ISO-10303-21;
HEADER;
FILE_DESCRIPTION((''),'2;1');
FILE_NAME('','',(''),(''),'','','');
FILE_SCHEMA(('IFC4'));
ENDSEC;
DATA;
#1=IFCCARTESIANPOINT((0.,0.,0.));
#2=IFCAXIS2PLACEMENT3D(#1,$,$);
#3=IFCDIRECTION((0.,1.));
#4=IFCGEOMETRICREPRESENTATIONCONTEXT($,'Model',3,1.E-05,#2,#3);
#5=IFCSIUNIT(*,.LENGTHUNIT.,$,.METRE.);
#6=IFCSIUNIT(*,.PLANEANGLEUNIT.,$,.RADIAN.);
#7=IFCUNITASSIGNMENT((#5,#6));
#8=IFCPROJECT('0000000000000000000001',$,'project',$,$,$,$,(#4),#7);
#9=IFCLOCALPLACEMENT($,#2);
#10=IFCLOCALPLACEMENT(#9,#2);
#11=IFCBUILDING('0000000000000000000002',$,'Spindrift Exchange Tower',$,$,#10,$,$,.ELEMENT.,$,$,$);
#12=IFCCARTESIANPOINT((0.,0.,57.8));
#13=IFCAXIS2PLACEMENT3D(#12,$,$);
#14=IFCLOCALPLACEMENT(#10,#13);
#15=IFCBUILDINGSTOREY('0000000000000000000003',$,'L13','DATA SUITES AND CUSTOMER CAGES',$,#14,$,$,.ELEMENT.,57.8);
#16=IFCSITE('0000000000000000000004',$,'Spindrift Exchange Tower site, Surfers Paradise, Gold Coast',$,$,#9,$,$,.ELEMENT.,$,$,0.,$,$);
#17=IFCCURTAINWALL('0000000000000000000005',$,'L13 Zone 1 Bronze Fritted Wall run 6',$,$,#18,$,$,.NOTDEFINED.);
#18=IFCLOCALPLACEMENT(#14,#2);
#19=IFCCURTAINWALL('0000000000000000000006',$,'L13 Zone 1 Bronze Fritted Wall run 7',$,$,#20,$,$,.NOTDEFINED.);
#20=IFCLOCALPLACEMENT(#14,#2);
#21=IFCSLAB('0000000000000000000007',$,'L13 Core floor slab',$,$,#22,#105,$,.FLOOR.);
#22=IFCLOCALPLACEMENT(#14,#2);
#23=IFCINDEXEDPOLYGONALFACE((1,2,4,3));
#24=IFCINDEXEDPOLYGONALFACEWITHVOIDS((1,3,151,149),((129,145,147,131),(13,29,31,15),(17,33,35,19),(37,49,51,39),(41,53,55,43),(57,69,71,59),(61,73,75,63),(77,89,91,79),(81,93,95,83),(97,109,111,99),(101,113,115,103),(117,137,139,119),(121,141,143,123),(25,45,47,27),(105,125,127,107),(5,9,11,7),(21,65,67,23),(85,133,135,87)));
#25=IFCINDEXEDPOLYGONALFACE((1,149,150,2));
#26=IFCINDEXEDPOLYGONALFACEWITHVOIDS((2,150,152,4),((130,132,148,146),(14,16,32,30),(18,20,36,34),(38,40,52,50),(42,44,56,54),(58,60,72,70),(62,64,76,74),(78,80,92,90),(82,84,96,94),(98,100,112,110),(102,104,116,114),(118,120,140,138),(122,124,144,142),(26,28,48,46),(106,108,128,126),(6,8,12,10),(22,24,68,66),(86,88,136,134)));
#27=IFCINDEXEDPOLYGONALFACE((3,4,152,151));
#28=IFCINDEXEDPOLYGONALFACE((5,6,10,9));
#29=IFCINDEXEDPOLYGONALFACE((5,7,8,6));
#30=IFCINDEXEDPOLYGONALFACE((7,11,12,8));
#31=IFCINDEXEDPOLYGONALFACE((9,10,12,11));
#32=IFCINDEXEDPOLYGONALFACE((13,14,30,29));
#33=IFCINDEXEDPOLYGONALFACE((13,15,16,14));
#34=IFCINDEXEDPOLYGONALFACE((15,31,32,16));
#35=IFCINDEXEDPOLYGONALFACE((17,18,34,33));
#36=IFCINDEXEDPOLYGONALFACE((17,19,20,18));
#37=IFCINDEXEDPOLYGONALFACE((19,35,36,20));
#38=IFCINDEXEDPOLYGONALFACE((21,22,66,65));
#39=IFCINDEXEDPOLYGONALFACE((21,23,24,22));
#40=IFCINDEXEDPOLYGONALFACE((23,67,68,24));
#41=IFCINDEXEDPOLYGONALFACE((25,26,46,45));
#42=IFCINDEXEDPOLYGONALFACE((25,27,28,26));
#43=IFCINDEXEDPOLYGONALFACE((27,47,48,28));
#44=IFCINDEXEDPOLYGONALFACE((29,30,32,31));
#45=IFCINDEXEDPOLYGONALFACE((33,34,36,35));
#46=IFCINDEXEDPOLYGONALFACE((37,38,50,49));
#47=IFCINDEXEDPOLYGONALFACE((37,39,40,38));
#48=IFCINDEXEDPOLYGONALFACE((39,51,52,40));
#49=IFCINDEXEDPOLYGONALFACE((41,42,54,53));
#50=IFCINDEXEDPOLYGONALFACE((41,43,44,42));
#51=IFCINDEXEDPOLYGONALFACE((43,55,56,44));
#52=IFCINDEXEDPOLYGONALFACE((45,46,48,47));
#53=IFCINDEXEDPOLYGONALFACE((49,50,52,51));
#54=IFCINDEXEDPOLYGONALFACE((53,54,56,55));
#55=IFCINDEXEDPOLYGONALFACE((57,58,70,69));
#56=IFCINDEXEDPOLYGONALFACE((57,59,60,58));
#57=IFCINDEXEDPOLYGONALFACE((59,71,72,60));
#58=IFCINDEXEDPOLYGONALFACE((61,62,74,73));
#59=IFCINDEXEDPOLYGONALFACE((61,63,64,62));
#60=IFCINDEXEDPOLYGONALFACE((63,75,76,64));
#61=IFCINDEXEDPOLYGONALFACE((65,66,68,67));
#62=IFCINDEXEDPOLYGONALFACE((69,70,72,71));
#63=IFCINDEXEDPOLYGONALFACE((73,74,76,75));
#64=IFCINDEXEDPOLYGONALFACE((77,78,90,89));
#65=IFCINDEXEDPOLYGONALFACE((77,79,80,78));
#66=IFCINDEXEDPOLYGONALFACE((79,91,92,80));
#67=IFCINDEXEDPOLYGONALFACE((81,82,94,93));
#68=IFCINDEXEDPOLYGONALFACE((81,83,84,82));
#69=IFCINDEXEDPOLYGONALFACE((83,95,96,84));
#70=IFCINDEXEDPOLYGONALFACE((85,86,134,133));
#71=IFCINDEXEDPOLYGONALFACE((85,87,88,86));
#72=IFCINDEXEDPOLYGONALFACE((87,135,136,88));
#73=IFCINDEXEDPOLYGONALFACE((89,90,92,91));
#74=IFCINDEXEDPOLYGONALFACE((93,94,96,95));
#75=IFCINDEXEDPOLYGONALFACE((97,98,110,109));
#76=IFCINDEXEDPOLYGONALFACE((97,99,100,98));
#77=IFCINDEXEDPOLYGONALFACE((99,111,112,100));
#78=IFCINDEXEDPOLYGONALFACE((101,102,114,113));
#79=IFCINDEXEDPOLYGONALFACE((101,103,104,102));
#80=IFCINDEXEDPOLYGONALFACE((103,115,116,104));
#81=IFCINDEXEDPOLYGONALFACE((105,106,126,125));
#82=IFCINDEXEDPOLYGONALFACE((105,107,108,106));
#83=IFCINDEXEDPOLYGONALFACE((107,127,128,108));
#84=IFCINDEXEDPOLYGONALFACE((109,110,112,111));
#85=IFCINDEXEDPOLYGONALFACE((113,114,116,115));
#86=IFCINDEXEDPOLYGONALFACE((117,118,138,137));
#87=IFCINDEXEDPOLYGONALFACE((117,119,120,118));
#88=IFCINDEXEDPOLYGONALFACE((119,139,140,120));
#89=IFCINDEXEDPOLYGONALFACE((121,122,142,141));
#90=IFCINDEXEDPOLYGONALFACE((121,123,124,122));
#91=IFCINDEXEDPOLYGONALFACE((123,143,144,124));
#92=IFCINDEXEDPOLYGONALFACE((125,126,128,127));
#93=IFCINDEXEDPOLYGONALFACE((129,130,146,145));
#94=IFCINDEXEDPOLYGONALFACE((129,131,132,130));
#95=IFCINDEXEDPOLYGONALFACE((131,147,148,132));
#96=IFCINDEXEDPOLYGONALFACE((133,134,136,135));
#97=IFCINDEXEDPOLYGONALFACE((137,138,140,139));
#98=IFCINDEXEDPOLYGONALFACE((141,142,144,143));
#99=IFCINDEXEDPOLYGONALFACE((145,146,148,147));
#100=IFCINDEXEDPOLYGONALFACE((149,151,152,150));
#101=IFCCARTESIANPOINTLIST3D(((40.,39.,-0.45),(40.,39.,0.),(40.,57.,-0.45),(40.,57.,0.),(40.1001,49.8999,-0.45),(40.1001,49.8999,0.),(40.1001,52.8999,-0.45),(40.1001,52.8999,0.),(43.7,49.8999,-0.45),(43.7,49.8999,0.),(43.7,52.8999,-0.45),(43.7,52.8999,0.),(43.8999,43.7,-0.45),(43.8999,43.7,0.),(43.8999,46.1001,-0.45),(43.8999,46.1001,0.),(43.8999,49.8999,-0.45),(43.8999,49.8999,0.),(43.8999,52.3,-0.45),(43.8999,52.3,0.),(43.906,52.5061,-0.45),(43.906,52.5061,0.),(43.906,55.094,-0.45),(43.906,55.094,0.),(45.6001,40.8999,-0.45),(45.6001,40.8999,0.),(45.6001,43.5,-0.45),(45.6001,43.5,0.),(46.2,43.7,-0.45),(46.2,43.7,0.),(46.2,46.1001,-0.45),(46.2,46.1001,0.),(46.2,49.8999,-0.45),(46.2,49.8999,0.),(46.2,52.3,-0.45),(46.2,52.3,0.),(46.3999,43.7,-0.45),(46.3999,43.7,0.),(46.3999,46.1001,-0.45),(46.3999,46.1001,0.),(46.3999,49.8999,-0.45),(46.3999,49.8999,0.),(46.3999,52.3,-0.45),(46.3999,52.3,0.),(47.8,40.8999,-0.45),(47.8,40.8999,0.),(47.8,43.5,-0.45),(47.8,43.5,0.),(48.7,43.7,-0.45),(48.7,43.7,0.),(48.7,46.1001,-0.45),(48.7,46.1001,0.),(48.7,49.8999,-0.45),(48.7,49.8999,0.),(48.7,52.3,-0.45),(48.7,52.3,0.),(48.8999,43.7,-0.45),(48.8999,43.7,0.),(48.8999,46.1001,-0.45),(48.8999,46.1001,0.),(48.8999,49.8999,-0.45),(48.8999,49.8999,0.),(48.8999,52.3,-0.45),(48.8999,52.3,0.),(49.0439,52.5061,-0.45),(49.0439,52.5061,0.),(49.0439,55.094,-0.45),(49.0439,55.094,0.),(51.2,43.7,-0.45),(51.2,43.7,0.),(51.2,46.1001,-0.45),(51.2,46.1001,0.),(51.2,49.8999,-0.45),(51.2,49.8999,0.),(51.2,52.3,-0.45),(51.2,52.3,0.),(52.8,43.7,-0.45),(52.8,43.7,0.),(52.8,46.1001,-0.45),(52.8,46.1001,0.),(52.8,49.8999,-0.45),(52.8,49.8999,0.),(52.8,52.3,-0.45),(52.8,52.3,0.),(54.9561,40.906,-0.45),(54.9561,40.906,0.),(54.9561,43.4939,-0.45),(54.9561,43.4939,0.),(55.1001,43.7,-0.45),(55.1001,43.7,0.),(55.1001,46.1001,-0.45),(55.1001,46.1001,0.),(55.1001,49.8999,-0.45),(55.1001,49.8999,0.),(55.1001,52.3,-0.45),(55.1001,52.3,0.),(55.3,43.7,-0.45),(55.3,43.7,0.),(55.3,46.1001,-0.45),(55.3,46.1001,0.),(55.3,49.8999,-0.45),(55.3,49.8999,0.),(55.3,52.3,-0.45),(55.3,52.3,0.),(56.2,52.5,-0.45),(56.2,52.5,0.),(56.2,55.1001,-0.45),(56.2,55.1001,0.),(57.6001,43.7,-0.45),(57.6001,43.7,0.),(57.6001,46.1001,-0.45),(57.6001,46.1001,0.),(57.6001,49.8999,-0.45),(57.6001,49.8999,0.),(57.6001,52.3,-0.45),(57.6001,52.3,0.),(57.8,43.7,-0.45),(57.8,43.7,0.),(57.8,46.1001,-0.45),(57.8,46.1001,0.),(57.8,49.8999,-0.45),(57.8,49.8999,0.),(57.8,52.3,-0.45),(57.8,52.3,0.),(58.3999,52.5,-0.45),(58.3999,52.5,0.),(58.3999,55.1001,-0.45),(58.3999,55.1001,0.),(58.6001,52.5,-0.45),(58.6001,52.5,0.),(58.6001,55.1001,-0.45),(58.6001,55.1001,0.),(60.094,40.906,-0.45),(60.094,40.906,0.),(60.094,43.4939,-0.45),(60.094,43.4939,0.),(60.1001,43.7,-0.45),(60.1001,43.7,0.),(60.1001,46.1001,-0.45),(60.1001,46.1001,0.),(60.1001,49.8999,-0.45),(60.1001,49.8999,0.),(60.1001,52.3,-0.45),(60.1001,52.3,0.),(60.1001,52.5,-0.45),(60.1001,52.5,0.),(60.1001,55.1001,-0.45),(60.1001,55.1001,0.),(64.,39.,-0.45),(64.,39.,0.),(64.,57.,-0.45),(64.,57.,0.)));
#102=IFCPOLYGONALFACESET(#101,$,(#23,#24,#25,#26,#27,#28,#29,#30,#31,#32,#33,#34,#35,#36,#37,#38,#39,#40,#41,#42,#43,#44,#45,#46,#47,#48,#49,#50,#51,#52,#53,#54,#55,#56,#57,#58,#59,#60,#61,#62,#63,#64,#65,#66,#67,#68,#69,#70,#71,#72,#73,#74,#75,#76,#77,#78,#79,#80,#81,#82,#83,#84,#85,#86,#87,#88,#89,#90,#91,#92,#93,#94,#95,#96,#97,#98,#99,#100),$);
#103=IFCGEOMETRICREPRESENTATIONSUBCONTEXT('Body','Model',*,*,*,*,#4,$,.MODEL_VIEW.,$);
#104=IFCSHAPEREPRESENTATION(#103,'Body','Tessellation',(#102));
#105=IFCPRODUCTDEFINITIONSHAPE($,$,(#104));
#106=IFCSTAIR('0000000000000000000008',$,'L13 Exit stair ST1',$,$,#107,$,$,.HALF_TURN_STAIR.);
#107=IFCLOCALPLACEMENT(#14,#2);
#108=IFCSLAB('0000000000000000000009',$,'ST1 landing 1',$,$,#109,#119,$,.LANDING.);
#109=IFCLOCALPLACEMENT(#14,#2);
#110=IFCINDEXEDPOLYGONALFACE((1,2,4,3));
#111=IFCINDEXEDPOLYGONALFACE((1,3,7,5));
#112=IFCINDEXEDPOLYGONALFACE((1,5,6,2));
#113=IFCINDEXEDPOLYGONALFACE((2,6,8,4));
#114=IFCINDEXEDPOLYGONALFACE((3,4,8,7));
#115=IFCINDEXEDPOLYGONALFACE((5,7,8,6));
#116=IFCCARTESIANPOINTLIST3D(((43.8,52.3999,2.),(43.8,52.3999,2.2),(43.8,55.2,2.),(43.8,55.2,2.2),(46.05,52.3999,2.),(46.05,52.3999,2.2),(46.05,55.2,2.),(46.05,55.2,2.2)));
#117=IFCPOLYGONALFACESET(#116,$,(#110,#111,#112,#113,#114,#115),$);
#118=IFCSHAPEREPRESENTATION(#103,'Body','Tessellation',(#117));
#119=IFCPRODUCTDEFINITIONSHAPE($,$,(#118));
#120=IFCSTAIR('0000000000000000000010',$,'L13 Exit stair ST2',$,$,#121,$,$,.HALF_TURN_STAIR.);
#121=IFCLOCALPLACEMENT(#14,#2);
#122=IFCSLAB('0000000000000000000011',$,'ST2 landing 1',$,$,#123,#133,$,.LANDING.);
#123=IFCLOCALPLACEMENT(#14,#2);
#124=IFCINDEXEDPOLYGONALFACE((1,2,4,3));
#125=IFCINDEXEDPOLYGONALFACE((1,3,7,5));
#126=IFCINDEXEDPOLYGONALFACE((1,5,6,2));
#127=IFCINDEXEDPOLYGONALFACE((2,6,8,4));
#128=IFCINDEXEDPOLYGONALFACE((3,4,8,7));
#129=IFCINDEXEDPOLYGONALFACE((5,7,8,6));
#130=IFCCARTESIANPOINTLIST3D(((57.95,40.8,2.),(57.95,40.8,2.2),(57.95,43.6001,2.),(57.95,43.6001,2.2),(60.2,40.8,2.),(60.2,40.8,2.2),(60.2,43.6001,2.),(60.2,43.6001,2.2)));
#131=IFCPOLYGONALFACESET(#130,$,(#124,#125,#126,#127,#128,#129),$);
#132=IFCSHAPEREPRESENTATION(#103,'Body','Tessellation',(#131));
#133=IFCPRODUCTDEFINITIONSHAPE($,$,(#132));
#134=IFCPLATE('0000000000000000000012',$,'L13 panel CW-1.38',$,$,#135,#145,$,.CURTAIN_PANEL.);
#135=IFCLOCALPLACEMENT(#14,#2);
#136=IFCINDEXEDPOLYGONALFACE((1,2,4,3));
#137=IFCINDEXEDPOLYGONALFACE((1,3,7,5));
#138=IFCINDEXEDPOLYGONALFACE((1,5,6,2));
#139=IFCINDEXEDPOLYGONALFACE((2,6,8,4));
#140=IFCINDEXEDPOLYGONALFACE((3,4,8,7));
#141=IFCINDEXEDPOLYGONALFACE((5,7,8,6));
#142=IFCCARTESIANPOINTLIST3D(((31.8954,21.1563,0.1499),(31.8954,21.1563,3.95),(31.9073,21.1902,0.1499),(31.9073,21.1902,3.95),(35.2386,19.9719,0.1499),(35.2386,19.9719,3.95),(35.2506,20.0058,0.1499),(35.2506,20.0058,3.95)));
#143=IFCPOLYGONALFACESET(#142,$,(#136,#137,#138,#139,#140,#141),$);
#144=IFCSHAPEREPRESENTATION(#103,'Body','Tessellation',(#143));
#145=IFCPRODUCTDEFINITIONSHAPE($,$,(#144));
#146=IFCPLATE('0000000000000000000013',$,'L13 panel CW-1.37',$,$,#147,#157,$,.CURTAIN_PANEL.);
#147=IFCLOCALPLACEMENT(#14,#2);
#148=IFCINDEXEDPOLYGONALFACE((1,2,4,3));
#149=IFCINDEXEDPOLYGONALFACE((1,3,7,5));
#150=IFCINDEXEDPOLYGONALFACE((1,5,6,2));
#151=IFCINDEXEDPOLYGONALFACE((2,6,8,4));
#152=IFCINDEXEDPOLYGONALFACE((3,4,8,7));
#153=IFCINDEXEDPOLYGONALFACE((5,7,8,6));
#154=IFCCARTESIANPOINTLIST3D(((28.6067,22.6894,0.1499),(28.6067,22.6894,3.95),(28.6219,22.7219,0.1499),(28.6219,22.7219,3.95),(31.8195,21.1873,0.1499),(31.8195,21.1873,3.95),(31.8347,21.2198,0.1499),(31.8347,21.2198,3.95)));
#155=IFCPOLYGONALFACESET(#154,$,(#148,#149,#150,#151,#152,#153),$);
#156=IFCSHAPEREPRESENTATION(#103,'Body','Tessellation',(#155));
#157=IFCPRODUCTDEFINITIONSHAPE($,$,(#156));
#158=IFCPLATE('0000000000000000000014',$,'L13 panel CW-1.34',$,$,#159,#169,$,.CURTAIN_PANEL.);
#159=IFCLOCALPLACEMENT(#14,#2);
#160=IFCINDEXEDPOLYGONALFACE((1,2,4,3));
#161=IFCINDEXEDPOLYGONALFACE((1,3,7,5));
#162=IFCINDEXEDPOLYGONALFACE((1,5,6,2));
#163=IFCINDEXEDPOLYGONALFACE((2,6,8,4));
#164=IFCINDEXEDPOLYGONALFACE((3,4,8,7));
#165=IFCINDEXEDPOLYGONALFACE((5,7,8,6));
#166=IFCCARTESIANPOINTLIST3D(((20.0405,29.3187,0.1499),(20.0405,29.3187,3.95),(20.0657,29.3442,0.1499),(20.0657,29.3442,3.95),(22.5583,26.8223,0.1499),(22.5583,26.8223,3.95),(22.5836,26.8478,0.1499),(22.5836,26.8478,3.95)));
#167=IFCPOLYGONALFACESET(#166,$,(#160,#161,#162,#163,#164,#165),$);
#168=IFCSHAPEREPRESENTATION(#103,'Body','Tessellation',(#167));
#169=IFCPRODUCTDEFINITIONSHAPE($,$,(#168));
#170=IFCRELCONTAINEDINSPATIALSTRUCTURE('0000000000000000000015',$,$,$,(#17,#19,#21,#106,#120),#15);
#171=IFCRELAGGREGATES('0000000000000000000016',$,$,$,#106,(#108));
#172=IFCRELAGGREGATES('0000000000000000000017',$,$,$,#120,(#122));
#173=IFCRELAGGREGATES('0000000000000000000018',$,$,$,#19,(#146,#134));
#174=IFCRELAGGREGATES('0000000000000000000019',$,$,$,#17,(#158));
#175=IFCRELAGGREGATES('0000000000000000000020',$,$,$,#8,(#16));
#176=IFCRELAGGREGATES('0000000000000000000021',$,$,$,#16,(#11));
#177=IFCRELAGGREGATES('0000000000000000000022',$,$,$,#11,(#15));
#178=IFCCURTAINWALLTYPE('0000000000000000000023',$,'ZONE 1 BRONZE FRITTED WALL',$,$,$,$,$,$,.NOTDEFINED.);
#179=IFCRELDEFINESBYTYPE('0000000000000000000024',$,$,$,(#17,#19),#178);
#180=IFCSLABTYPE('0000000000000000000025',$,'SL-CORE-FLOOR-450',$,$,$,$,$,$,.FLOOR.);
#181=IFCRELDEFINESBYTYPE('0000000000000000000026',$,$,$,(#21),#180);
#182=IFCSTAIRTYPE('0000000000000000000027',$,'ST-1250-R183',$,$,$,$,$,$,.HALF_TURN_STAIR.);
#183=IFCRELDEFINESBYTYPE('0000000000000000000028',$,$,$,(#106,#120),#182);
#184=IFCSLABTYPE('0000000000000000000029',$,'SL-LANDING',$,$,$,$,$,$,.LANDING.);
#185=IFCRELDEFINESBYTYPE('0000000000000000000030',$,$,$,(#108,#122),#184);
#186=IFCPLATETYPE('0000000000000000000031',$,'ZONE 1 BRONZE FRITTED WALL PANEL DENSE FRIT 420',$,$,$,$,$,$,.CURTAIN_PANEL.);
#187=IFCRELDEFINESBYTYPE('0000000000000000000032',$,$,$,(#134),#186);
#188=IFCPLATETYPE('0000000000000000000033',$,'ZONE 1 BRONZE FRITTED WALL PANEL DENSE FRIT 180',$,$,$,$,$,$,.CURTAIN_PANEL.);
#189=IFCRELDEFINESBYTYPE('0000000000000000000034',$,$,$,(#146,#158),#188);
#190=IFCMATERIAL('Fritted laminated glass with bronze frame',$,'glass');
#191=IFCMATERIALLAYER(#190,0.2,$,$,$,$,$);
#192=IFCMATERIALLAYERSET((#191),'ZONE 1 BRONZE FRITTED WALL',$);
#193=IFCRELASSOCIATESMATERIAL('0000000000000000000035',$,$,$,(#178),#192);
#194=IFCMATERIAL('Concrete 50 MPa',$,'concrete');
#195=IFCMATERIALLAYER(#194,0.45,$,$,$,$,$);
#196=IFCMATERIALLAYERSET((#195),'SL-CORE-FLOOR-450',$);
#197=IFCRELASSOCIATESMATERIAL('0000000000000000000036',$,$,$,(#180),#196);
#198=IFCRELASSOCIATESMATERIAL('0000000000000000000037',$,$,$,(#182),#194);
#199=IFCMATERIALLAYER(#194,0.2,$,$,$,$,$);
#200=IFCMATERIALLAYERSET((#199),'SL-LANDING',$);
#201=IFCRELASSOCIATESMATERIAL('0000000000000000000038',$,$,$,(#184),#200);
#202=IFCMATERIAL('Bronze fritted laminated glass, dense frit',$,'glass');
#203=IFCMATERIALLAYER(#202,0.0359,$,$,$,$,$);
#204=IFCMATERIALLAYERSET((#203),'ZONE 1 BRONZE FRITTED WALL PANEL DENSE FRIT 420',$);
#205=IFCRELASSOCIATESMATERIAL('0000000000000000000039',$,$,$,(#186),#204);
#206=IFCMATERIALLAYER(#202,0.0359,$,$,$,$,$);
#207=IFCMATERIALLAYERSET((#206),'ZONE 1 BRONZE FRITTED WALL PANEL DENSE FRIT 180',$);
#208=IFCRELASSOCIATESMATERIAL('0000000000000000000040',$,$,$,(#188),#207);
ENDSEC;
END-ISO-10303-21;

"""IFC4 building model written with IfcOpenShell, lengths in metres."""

from ifc_helpers import new_model, si_unit, direction, frame, origin, origin_2d, place, context, subcontext, project, spatial, line, indexed_curve, rectangle, outline, extrude, source, transform, mapped, material, layer, layer_set, type_object, element, aggregate, save


model = new_model("IFC4")

# Units and contexts
model_context = context("Model", 3, precision=1e-05, world=origin(), true_north=direction((0.0, 1.0)))
body_context = subcontext(model_context, "Body", "Model", "MODEL_VIEW")
ifc_project = project(units=[si_unit("LENGTHUNIT", "METRE"), si_unit("PLANEANGLEUNIT", "RADIAN")], contexts=[model_context])

# Site, building, storey
site_placement = place(None, origin())
site = spatial("IfcSite", under=ifc_project, at=site_placement, Name="Spindrift Exchange Tower site, Surfers Paradise, Gold Coast", CompositionType="ELEMENT", RefElevation=0.0)
building_placement = place(site_placement, origin())
building = spatial("IfcBuilding", under=site, at=building_placement, Name="Spindrift Exchange Tower", CompositionType="ELEMENT")
storey_placement = place(building_placement, frame((0.0, 0.0, 57.8)))
storey = spatial("IfcBuildingStorey", under=building, at=storey_placement, Name="L13", Description="DATA SUITES AND CUSTOMER CAGES", CompositionType="ELEMENT", Elevation=57.8)

# Curtain walls
ifc_material_1 = material(Name="Fritted laminated glass with bronze frame", Category="glass")
ifc_layer_1 = layer(ifc_material_1, 0.2)
ifc_layer_set_1 = layer_set([ifc_layer_1], Name="ZONE 1 BRONZE FRITTED WALL")
curtain_wall_type = type_object("IfcCurtainWallType", Name="ZONE 1 BRONZE FRITTED WALL", PredefinedType="NOTDEFINED", material=ifc_layer_set_1)
curtain_wall_1_placement = place(storey_placement, origin())
curtain_wall_1 = element("IfcCurtainWall", 1, at=curtain_wall_1_placement, inside=storey, type_object=curtain_wall_type, Name="L13 Zone 1 Bronze Fritted Wall run 6", PredefinedType="NOTDEFINED")
curtain_wall_2_placement = place(storey_placement, origin())
curtain_wall_2 = element("IfcCurtainWall", 2, at=curtain_wall_2_placement, inside=storey, type_object=curtain_wall_type, Name="L13 Zone 1 Bronze Fritted Wall run 7", PredefinedType="NOTDEFINED")

# Slab
ifc_material_2 = material(Name="Concrete 50 MPa", Category="concrete")
ifc_layer_2 = layer(ifc_material_2, 0.45)
ifc_layer_set_2 = layer_set([ifc_layer_2], Name="SL-CORE-FLOOR-450")
slab_type_1 = type_object("IfcSlabType", Name="SL-CORE-FLOOR-450", PredefinedType="FLOOR", material=ifc_layer_set_2)
slab_1_placement = place(storey_placement, frame((0.0, 0.0, -0.45)))
element("IfcSlab", 3, at=slab_1_placement, inside=storey, type_object=slab_type_1, Name="L13 Core floor slab", PredefinedType="FLOOR", context=body_context, shape_type="SweptSolid", body=[
    extrude(outline(indexed_curve([(40.0, 39.0), (40.0, 57.0), (64.0, 57.0), (64.0, 39.0)], segments=[line(1, 2, 3, 4, 1)], self_intersect=False), holes=[indexed_curve([(47.8, 43.5), (45.6001, 43.5), (45.6001, 40.8999), (47.8, 40.8999)], segments=[line(1, 2, 3, 4, 1)], self_intersect=False), indexed_curve([(46.2, 46.1001), (43.8999, 46.1001), (43.8999, 43.7), (46.2, 43.7)], segments=[line(1, 2, 3, 4, 1)], self_intersect=False), indexed_curve([(48.7, 46.1001), (46.3999, 46.1001), (46.3999, 43.7), (48.7, 43.7)], segments=[line(1, 2, 3, 4, 1)], self_intersect=False), indexed_curve([(51.2, 46.1001), (48.8999, 46.1001), (48.8999, 43.7), (51.2, 43.7)], segments=[line(1, 2, 3, 4, 1)], self_intersect=False), indexed_curve([(46.2, 52.3), (43.8999, 52.3), (43.8999, 49.8999), (46.2, 49.8999)], segments=[line(1, 2, 3, 4, 1)], self_intersect=False), indexed_curve([(48.7, 52.3), (46.3999, 52.3), (46.3999, 49.8999), (48.7, 49.8999)], segments=[line(1, 2, 3, 4, 1)], self_intersect=False), indexed_curve([(51.2, 52.3), (48.8999, 52.3), (48.8999, 49.8999), (51.2, 49.8999)], segments=[line(1, 2, 3, 4, 1)], self_intersect=False), indexed_curve([(43.7, 49.8999), (43.7, 52.8999), (40.1001, 52.8999), (40.1001, 49.8999)], segments=[line(1, 2, 3, 4, 1)], self_intersect=False), indexed_curve([(49.0439, 55.094), (43.906, 55.094), (43.906, 52.5061), (49.0439, 52.5061)], segments=[line(1, 2, 3, 4, 1)], self_intersect=False), indexed_curve([(60.094, 40.906), (60.094, 43.4939), (54.9561, 43.4939), (54.9561, 40.906)], segments=[line(1, 2, 3, 4, 1)], self_intersect=False), indexed_curve([(55.1001, 46.1001), (52.8, 46.1001), (52.8, 43.7), (55.1001, 43.7)], segments=[line(1, 2, 3, 4, 1)], self_intersect=False), indexed_curve([(57.6001, 46.1001), (55.3, 46.1001), (55.3, 43.7), (57.6001, 43.7)], segments=[line(1, 2, 3, 4, 1)], self_intersect=False), indexed_curve([(60.1001, 46.1001), (57.8, 46.1001), (57.8, 43.7), (60.1001, 43.7)], segments=[line(1, 2, 3, 4, 1)], self_intersect=False), indexed_curve([(55.1001, 52.3), (52.8, 52.3), (52.8, 49.8999), (55.1001, 49.8999)], segments=[line(1, 2, 3, 4, 1)], self_intersect=False), indexed_curve([(57.6001, 52.3), (55.3, 52.3), (55.3, 49.8999), (57.6001, 49.8999)], segments=[line(1, 2, 3, 4, 1)], self_intersect=False), indexed_curve([(60.1001, 52.3), (57.8, 52.3), (57.8, 49.8999), (60.1001, 49.8999)], segments=[line(1, 2, 3, 4, 1)], self_intersect=False), indexed_curve([(58.3999, 52.5), (58.3999, 55.1001), (56.2, 55.1001), (56.2, 52.5)], segments=[line(1, 2, 3, 4, 1)], self_intersect=False), indexed_curve([(60.1001, 52.5), (60.1001, 55.1001), (58.6001, 55.1001), (58.6001, 52.5)], segments=[line(1, 2, 3, 4, 1)], self_intersect=False)]), origin(), (0.0, 0.0, 1.0), 0.45),
])

# Stairs, slabs
stair_type = type_object("IfcStairType", Name="ST-1250-R183", PredefinedType="HALF_TURN_STAIR", material=ifc_material_2)
stair_1_placement = place(storey_placement, origin())
stair_1 = element("IfcStair", 4, at=stair_1_placement, inside=storey, type_object=stair_type, Name="L13 Exit stair ST1", PredefinedType="HALF_TURN_STAIR")
ifc_layer_3 = layer(ifc_material_2, 0.2)
ifc_layer_set_3 = layer_set([ifc_layer_3], Name="SL-LANDING")
slab_type_2 = type_object("IfcSlabType", Name="SL-LANDING", PredefinedType="LANDING", material=ifc_layer_set_3)
slab_2_placement = place(storey_placement, frame((0.0, 0.0, 2.0)))
slab_2 = element("IfcSlab", 5, at=slab_2_placement, type_object=slab_type_2, Name="ST1 landing 1", PredefinedType="LANDING", context=body_context, shape_type="SweptSolid", body=[
    extrude(outline(indexed_curve([(46.05, 52.3999), (43.8, 52.3999), (43.8, 55.2), (46.05, 55.2)], segments=[line(1, 2, 3, 4, 1)], self_intersect=False)), origin(), (0.0, 0.0, 1.0), 0.2),
])
aggregate(stair_1, [slab_2])
stair_2_placement = place(storey_placement, origin())
stair_2 = element("IfcStair", 6, at=stair_2_placement, inside=storey, type_object=stair_type, Name="L13 Exit stair ST2", PredefinedType="HALF_TURN_STAIR")
slab_3_placement = place(storey_placement, frame((0.0, 0.0, 2.0)))
slab_3 = element("IfcSlab", 7, at=slab_3_placement, type_object=slab_type_2, Name="ST2 landing 1", PredefinedType="LANDING", context=body_context, shape_type="SweptSolid", body=[
    extrude(outline(indexed_curve([(57.95, 43.6001), (60.2, 43.6001), (60.2, 40.8), (57.95, 40.8)], segments=[line(1, 2, 3, 4, 1)], self_intersect=False)), origin(), (0.0, 0.0, 1.0), 0.2),
])
aggregate(stair_2, [slab_3])

# Plates
ifc_material_3 = material(Name="Bronze fritted laminated glass, dense frit", Category="glass")
ifc_layer_4 = layer(ifc_material_3, 0.0359)
ifc_layer_set_4 = layer_set([ifc_layer_4], Name="ZONE 1 BRONZE FRITTED WALL PANEL DENSE FRIT 420")
plate_type_1 = type_object("IfcPlateType", Name="ZONE 1 BRONZE FRITTED WALL PANEL DENSE FRIT 420", PredefinedType="CURTAIN_PANEL", material=ifc_layer_set_4)
shared_shape_1 = source(origin(), body_context, "Body", "SweptSolid", [
    extrude(rectangle(XDim=3.5469, YDim=0.0359, at=origin_2d()), origin(), (0.0, 0.0, 1.0), 3.8),
])
plate_1_placement = place(storey_placement, frame((33.573, 20.5811, 0.1499), z_axis=(0.0, 0.0, 1.0), x_axis=(0.9426, -0.333924, 0.0)))
plate_1 = element("IfcPlate", 8, at=plate_1_placement, type_object=plate_type_1, Name="L13 panel CW-1.38", PredefinedType="CURTAIN_PANEL", context=body_context, shape_type="MappedRepresentation", body=[
    mapped(shared_shape_1, transform((0.0, 0.0, 0.0), scale=1.0)),
])
ifc_layer_5 = layer(ifc_material_3, 0.0359)
ifc_layer_set_5 = layer_set([ifc_layer_5], Name="ZONE 1 BRONZE FRITTED WALL PANEL DENSE FRIT 180")
plate_type_2 = type_object("IfcPlateType", Name="ZONE 1 BRONZE FRITTED WALL PANEL DENSE FRIT 180", PredefinedType="CURTAIN_PANEL", material=ifc_layer_set_5)
shared_shape_2 = source(origin(), body_context, "Body", "SweptSolid", [
    extrude(rectangle(XDim=3.5466, YDim=0.0359, at=origin_2d()), origin(), (0.0, 0.0, 1.0), 3.8),
])
plate_2_placement = place(storey_placement, frame((30.2207, 21.9546, 0.1499), z_axis=(0.0, 0.0, 1.0), x_axis=(0.905885, -0.423523, 0.0)))
plate_2 = element("IfcPlate", 9, at=plate_2_placement, type_object=plate_type_2, Name="L13 panel CW-1.37", PredefinedType="CURTAIN_PANEL", context=body_context, shape_type="MappedRepresentation", body=[
    mapped(shared_shape_2, transform((0.0, 0.0, 0.0), scale=1.0)),
])
aggregate(curtain_wall_2, [plate_2, plate_1])
shared_shape_3 = source(origin(), body_context, "Body", "SweptSolid", [
    extrude(rectangle(XDim=3.5457, YDim=0.0359, at=origin_2d()), origin(), (0.0, 0.0, 1.0), 3.8),
])
plate_3_placement = place(storey_placement, frame((21.312, 28.0833, 0.1499), z_axis=(0.0, 0.0, 1.0), x_axis=(0.71012, -0.70408, 0.0)))
plate_3 = element("IfcPlate", 10, at=plate_3_placement, type_object=plate_type_2, Name="L13 panel CW-1.34", PredefinedType="CURTAIN_PANEL", context=body_context, shape_type="MappedRepresentation", body=[
    mapped(shared_shape_3, transform((0.0, 0.0, 0.0), scale=1.0)),
])
aggregate(curtain_wall_1, [plate_3])

save(model, "model.ifc")
